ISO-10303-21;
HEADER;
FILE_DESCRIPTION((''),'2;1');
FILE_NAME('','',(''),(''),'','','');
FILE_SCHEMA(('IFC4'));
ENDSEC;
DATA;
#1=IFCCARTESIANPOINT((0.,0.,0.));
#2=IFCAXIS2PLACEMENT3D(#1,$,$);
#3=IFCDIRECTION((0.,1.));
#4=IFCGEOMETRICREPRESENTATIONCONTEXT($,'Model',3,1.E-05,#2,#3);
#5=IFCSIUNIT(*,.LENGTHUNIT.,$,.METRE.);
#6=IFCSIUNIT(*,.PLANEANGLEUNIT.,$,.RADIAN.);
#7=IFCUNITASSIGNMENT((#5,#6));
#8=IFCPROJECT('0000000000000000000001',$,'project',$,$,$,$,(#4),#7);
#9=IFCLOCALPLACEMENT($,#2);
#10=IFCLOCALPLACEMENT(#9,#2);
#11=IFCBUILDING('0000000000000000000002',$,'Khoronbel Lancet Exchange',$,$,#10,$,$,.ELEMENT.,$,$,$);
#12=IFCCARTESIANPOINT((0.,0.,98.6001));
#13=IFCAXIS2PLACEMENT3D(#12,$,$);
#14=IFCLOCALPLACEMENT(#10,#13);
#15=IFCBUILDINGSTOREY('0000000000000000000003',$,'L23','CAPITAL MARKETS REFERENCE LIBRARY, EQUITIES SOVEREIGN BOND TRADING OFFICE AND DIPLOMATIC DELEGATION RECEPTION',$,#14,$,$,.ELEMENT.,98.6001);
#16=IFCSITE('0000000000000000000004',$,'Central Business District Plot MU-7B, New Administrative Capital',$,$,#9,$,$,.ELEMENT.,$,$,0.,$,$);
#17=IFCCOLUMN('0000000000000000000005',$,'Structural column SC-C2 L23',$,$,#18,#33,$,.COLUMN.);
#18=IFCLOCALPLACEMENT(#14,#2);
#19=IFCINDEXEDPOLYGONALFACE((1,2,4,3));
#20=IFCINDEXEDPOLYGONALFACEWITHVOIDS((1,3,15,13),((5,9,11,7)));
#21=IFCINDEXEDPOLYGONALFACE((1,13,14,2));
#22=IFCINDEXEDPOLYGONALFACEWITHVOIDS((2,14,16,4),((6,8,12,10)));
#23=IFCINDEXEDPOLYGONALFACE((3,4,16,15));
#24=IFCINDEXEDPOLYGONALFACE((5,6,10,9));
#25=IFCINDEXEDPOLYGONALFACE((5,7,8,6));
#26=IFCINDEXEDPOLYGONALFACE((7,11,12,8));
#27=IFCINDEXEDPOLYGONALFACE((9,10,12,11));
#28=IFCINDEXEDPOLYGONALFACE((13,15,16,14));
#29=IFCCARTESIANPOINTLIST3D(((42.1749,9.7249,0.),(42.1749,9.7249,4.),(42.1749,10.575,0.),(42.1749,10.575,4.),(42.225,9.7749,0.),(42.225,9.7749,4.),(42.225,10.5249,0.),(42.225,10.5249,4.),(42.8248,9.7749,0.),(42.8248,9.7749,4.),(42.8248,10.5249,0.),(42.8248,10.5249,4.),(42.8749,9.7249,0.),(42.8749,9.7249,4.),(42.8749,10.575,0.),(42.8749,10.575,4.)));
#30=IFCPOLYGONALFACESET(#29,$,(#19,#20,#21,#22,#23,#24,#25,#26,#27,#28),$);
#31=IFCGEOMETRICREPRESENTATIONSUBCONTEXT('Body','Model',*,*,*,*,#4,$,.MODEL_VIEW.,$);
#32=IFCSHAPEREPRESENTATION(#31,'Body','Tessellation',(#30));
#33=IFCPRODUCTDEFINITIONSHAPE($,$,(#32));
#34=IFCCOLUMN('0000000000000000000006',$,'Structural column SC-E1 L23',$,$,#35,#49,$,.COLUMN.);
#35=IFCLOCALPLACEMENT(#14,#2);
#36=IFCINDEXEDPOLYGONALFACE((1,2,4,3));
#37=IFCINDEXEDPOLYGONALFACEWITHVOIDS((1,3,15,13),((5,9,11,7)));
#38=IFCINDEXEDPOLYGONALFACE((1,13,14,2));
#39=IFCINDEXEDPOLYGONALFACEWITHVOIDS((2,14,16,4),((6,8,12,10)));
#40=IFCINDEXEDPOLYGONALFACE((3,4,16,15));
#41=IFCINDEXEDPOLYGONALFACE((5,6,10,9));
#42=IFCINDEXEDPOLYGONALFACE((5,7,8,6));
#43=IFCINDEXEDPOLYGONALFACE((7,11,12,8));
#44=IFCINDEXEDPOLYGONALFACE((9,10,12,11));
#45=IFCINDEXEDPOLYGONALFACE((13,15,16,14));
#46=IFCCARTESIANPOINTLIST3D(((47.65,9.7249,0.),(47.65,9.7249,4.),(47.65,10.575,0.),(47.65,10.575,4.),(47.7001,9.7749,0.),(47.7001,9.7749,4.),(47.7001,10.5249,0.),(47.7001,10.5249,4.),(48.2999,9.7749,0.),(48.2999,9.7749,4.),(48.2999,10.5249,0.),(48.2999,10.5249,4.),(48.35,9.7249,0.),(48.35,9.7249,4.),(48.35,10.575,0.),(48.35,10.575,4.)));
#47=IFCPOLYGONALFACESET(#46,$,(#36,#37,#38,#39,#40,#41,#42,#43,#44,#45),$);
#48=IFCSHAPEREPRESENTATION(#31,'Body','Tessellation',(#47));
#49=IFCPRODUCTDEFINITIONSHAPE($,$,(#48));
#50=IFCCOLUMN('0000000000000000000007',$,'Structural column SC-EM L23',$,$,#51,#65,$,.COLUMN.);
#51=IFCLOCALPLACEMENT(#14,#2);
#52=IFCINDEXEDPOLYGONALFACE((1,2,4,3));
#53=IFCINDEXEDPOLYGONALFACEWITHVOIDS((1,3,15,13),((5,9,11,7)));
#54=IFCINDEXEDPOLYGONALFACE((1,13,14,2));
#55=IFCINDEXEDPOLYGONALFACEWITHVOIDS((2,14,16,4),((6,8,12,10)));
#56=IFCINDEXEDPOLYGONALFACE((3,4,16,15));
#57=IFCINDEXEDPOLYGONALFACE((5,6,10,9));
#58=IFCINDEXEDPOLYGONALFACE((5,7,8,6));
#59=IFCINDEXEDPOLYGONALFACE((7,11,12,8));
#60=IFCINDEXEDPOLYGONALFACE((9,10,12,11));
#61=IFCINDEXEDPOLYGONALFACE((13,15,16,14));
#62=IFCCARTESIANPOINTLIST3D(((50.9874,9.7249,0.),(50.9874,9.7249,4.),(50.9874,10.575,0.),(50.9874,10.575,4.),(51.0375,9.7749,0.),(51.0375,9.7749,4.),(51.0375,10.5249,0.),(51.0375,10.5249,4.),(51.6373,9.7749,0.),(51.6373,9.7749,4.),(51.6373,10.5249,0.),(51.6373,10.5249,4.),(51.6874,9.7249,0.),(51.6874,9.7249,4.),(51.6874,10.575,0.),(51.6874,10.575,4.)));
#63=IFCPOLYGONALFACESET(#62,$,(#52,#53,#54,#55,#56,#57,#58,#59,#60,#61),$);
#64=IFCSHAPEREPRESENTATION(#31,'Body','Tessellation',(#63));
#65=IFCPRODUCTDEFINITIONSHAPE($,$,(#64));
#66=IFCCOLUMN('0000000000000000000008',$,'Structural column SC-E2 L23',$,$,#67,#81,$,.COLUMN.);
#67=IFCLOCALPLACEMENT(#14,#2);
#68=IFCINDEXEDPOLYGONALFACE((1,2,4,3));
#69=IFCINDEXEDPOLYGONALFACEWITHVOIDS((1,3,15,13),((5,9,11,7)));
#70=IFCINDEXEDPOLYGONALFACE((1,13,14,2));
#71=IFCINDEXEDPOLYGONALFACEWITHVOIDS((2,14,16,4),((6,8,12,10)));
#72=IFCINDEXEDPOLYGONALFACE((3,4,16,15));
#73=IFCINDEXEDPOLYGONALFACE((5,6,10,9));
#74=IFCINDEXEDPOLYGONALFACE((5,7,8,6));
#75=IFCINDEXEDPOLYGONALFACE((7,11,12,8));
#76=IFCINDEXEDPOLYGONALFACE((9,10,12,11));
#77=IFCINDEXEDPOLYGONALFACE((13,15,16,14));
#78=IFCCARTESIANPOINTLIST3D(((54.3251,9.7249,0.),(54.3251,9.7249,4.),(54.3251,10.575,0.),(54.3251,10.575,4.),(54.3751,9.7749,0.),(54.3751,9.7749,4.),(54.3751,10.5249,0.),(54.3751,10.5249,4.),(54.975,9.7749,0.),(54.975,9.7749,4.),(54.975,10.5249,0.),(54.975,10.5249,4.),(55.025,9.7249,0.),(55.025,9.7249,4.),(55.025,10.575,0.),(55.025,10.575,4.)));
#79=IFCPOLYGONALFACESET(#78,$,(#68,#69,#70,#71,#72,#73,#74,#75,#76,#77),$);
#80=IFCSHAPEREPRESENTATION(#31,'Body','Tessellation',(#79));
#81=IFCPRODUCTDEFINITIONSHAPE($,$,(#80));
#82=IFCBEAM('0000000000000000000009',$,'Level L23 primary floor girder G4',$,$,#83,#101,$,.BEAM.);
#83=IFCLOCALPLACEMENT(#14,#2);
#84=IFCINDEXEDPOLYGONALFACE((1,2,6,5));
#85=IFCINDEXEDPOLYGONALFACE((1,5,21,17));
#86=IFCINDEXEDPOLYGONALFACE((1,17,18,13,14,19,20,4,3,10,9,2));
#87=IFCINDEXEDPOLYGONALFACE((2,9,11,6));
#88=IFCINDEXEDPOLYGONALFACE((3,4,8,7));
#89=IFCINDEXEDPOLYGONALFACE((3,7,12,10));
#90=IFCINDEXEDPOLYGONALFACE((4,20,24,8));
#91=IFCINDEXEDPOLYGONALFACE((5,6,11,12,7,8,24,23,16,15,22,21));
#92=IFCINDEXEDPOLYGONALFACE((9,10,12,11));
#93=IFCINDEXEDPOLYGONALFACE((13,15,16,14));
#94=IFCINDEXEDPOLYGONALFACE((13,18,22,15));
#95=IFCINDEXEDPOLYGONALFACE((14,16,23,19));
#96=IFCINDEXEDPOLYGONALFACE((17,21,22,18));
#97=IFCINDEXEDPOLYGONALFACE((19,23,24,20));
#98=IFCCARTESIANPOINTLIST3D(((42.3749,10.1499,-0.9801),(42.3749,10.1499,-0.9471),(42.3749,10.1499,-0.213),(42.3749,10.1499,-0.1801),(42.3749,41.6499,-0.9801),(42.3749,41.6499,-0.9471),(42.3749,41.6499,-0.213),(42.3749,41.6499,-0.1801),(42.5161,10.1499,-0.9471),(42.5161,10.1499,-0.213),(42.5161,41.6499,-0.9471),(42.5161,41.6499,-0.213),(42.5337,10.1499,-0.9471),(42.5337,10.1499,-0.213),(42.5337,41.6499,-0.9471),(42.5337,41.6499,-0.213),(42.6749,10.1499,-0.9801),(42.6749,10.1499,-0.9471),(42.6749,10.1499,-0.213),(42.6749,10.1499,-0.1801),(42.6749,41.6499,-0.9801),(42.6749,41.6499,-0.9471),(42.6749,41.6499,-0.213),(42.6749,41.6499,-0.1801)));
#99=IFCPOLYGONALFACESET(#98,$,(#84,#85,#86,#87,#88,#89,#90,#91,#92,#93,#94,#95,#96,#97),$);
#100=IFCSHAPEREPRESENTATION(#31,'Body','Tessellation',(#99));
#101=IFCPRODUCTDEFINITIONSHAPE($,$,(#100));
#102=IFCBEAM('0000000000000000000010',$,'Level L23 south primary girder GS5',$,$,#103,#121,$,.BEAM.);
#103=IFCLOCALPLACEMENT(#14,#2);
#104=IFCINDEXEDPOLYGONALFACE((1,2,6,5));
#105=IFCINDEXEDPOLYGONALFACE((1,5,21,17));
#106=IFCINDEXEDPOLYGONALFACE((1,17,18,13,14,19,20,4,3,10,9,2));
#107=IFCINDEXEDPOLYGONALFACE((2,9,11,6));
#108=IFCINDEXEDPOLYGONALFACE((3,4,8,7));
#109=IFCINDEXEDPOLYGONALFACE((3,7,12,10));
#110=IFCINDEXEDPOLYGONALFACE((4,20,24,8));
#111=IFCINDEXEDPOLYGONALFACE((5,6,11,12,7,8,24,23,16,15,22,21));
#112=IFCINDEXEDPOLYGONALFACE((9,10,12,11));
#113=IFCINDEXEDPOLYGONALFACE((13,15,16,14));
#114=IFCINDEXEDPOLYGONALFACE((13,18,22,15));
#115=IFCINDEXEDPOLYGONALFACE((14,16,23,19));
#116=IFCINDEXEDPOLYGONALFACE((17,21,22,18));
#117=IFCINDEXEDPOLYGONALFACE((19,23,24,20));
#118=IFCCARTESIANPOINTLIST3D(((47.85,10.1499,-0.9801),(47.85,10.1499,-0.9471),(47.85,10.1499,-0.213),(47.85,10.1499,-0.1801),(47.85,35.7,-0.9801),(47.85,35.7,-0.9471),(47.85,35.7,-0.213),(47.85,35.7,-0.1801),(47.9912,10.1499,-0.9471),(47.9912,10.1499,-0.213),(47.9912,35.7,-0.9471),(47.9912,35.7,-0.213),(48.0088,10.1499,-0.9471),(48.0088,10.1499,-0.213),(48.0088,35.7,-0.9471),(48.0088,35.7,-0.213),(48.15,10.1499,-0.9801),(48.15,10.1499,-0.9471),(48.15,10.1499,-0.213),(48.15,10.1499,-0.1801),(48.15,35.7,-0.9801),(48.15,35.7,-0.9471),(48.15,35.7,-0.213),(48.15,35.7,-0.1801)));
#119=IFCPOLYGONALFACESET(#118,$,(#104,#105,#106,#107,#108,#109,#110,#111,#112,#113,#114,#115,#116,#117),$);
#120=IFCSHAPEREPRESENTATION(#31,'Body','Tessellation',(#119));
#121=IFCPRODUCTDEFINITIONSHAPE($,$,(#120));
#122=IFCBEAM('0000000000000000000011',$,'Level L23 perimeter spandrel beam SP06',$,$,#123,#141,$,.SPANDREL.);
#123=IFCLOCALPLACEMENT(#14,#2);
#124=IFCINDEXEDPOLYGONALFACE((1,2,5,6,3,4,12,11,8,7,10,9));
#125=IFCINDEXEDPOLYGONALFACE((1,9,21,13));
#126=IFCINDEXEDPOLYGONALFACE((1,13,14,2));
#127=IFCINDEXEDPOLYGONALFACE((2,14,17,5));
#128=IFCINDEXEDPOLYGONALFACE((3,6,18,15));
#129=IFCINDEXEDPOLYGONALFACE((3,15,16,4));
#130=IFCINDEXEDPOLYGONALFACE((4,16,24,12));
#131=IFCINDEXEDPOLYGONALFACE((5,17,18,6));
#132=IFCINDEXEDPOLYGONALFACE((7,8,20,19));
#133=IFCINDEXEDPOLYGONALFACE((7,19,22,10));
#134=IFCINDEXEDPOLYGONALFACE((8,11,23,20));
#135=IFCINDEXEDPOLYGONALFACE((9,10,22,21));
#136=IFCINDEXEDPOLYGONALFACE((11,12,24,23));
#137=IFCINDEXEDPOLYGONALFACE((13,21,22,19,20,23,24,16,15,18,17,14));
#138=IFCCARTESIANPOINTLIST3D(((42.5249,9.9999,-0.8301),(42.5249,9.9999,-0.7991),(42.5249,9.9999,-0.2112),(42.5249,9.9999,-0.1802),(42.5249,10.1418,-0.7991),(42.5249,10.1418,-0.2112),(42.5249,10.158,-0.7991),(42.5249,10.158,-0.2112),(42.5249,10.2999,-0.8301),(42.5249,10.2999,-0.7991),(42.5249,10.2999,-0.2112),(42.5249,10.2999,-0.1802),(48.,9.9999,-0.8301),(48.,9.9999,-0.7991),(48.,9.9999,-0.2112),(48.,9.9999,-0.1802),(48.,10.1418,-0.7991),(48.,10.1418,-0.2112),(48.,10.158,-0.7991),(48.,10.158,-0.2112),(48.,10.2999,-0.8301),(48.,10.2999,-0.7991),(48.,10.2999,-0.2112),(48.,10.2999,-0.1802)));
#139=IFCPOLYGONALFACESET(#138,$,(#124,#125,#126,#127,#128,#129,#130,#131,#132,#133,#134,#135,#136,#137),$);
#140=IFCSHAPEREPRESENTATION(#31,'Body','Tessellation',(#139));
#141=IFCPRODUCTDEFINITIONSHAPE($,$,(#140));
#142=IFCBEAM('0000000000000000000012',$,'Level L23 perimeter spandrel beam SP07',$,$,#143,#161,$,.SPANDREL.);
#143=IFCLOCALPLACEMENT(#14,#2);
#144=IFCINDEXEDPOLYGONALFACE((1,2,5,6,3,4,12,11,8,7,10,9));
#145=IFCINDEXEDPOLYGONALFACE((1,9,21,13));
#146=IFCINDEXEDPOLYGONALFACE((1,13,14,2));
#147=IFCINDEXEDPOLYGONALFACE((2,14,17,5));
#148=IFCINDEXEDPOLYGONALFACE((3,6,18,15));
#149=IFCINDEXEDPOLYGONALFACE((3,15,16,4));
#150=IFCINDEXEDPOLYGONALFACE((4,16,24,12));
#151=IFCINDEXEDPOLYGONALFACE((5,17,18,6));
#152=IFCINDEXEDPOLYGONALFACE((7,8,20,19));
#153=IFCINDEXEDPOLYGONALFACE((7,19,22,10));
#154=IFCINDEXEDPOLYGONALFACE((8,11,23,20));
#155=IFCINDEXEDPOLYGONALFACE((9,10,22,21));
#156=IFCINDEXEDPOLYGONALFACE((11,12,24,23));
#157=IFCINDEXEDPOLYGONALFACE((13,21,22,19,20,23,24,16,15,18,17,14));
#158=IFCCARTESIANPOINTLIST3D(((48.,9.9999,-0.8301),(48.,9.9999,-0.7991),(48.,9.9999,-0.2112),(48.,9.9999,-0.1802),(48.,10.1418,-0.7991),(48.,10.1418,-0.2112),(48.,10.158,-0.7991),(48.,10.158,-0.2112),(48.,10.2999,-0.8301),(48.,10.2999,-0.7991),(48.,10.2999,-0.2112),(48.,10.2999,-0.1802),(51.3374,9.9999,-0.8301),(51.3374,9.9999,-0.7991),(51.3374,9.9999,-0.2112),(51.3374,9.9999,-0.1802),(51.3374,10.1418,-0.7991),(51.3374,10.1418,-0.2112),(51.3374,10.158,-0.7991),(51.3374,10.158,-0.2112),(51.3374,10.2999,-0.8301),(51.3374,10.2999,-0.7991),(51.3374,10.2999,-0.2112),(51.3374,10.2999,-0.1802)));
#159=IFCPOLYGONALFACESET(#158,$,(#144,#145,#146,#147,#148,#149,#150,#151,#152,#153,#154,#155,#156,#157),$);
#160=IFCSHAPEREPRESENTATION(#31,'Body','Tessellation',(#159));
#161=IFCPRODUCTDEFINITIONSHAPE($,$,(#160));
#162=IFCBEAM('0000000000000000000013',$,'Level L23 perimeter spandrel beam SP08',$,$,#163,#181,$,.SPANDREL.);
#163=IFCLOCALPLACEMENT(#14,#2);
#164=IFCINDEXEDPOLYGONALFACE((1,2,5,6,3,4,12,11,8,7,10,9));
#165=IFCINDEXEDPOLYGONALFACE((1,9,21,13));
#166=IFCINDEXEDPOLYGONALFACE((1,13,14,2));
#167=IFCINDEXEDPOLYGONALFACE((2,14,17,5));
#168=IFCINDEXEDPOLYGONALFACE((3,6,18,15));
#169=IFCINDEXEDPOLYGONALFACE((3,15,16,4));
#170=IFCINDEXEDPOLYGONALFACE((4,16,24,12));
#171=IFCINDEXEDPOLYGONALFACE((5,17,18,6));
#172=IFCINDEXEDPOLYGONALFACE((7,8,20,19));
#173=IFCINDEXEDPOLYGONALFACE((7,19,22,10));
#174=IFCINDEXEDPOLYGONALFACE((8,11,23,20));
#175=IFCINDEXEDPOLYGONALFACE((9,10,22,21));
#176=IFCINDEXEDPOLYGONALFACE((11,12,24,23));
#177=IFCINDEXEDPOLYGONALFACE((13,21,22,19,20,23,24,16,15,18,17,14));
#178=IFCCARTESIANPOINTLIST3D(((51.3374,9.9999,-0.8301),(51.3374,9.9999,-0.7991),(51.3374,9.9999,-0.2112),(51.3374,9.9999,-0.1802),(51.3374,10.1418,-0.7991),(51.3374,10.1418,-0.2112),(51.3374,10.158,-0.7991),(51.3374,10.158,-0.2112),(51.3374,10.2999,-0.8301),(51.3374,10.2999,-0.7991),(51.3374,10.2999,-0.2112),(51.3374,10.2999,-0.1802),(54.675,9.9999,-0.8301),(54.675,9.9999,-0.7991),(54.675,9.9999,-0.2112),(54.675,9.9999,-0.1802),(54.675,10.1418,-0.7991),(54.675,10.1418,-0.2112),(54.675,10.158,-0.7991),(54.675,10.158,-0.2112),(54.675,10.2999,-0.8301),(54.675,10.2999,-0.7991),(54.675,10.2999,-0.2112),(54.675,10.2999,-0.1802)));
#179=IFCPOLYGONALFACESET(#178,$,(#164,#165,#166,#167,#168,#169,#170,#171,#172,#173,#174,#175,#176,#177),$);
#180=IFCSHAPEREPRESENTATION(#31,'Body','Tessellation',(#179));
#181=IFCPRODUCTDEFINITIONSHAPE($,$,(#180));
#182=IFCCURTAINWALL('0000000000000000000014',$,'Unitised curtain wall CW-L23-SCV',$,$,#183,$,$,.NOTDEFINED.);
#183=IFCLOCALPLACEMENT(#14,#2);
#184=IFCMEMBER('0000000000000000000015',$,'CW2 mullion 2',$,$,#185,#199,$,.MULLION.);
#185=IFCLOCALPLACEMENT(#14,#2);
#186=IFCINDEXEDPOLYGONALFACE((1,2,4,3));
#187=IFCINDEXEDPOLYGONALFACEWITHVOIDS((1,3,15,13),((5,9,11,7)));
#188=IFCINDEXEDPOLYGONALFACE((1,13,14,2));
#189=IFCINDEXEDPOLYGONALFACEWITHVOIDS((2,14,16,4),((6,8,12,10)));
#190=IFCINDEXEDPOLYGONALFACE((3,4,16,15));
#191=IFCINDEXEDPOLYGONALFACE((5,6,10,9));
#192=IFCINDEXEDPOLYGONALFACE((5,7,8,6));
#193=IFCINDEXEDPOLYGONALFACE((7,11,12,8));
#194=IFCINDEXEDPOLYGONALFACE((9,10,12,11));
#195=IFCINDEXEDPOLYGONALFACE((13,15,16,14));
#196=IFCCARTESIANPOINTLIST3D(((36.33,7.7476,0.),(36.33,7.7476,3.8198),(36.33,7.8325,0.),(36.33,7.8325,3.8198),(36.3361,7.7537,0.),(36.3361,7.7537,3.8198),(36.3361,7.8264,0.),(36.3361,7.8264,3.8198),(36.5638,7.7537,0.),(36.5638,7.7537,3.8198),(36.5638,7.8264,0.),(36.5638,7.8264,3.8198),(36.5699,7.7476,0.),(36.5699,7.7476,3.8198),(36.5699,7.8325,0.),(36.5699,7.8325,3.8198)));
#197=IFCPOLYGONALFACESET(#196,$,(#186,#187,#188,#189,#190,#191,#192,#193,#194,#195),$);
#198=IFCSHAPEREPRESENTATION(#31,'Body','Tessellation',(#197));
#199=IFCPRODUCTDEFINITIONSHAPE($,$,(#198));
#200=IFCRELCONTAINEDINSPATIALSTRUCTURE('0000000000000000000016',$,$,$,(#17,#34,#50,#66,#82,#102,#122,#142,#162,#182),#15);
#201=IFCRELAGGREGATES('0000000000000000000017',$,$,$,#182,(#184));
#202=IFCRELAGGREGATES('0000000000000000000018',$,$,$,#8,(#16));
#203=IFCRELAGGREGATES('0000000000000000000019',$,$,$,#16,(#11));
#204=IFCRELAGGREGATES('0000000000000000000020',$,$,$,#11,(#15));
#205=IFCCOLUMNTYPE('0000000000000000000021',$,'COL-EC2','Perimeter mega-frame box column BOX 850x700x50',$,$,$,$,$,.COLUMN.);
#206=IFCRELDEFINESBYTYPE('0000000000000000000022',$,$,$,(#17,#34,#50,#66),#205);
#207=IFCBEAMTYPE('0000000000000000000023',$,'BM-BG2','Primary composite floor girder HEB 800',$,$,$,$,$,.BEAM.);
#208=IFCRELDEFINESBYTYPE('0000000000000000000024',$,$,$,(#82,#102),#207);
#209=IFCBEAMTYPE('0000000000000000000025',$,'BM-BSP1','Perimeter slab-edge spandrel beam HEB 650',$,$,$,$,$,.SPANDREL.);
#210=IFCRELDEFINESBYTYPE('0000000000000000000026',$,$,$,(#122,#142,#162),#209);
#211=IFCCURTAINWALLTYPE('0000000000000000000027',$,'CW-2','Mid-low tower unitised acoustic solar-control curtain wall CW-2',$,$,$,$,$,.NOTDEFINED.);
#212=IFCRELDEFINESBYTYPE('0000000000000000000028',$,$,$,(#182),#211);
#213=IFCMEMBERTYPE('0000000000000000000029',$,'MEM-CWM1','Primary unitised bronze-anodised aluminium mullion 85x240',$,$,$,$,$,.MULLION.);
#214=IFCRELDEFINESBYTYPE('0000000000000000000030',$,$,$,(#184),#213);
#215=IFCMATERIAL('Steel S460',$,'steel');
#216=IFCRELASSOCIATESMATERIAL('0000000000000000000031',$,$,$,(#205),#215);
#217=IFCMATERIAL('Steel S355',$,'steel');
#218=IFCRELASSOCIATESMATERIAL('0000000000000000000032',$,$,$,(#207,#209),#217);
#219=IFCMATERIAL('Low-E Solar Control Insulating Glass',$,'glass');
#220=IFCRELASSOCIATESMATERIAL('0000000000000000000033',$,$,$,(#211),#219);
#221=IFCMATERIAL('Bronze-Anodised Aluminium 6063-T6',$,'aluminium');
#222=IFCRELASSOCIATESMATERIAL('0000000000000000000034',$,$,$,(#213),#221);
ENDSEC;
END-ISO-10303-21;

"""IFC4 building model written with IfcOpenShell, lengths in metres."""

from ifc_helpers import new_model, si_unit, direction, frame, origin, origin_2d, place, context, subcontext, project, spatial, hollow_rectangle, i_section, extrude, material, material_profile, profile_set, type_object, element, aggregate, save


model = new_model("IFC4")

# Units and contexts
model_context = context("Model", 3, precision=1e-05, world=origin(), true_north=direction((0.0, 1.0)))
body_context = subcontext(model_context, "Body", "Model", "MODEL_VIEW")
ifc_project = project(units=[si_unit("LENGTHUNIT", "METRE"), si_unit("PLANEANGLEUNIT", "RADIAN")], contexts=[model_context])

# Site, building, storey
site_placement = place(None, origin())
site = spatial("IfcSite", under=ifc_project, at=site_placement, Name="Central Business District Plot MU-7B, New Administrative Capital", CompositionType="ELEMENT", RefElevation=0.0)
building_placement = place(site_placement, origin())
building = spatial("IfcBuilding", under=site, at=building_placement, Name="Khoronbel Lancet Exchange", CompositionType="ELEMENT")
storey_placement = place(building_placement, frame((0.0, 0.0, 98.6001)))
storey = spatial("IfcBuildingStorey", under=building, at=storey_placement, Name="L23", Description="CAPITAL MARKETS REFERENCE LIBRARY, EQUITIES SOVEREIGN BOND TRADING OFFICE AND DIPLOMATIC DELEGATION RECEPTION", CompositionType="ELEMENT", Elevation=98.6001)

# Columns
ifc_material_1 = material(Name="Steel S460", Category="steel")
ifc_material_profile_1 = material_profile(ifc_material_1, hollow_rectangle(XDim=0.7, YDim=0.8501, WallThickness=0.05, at=origin_2d()), Name="BOX 850x700x50")
ifc_profile_set_1 = profile_set([ifc_material_profile_1], Name="Steel S460")
column_type = type_object("IfcColumnType", Name="COL-EC2", Description="Perimeter mega-frame box column BOX 850x700x50", PredefinedType="COLUMN", material=ifc_profile_set_1)
for number, where, z_axis, x_axis, name in (
    (1, (42.5249, 10.1499, 0.0), (0.0, 0.0, 1.0), (1.0, 0.0, 0.0), "Structural column SC-C2 L23"),
    (2, (48.0, 10.1499, 0.0), (0.0, 0.0, 1.0), (1.0, 0.0, 0.0), "Structural column SC-E1 L23"),
    (3, (51.3374, 10.1499, 0.0), (0.0, 0.0, 1.0), (1.0, 0.0, 0.0), "Structural column SC-EM L23"),
    (4, (54.675, 10.1499, 0.0), (0.0, 0.0, 1.0), (1.0, 0.0, 0.0), "Structural column SC-E2 L23"),
):
    element("IfcColumn", number, at=place(storey_placement, frame(where, z_axis=z_axis, x_axis=x_axis)), inside=storey, type_object=column_type, Name=name, PredefinedType="COLUMN", context=body_context, shape_type="SweptSolid", body=[
        extrude(hollow_rectangle(XDim=0.7, YDim=0.8501, WallThickness=0.05, at=origin_2d()), origin(), (0.0, 0.0, 1.0), 4.0),
    ])

# Beams
ifc_material_2 = material(Name="Steel S355", Category="steel")
ifc_material_profile_2 = material_profile(ifc_material_2, i_section(OverallWidth=0.3, OverallDepth=0.8, WebThickness=0.0176, FlangeThickness=0.033, at=origin_2d()), Name="HEB 800")
ifc_profile_set_2 = profile_set([ifc_material_profile_2], Name="Steel S355")
beam_type_1 = type_object("IfcBeamType", Name="BM-BG2", Description="Primary composite floor girder HEB 800", PredefinedType="BEAM", material=ifc_profile_set_2)
beam_1_placement = place(storey_placement, frame((42.5249, 10.1499, -0.5801), z_axis=(0.0, 1.0, 0.0), x_axis=(-1.0, 0.0, 0.0)))
element("IfcBeam", 5, at=beam_1_placement, inside=storey, type_object=beam_type_1, Name="Level L23 primary floor girder G4", PredefinedType="BEAM", context=body_context, shape_type="SweptSolid", body=[
    extrude(i_section(OverallWidth=0.3, OverallDepth=0.8, WebThickness=0.0176, FlangeThickness=0.033, at=origin_2d()), origin(), (0.0, 0.0, 1.0), 31.5),
])
beam_2_placement = place(storey_placement, frame((48.0, 10.1499, -0.5801), z_axis=(0.0, 1.0, 0.0), x_axis=(-1.0, 0.0, 0.0)))
element("IfcBeam", 6, at=beam_2_placement, inside=storey, type_object=beam_type_1, Name="Level L23 south primary girder GS5", PredefinedType="BEAM", context=body_context, shape_type="SweptSolid", body=[
    extrude(i_section(OverallWidth=0.3, OverallDepth=0.8, WebThickness=0.0176, FlangeThickness=0.033, at=origin_2d()), origin(), (0.0, 0.0, 1.0), 25.55),
])
ifc_material_profile_3 = material_profile(ifc_material_2, i_section(OverallWidth=0.3, OverallDepth=0.6499, WebThickness=0.0161, FlangeThickness=0.031, at=origin_2d()), Name="HEB 650")
ifc_profile_set_3 = profile_set([ifc_material_profile_3], Name="Steel S355")
beam_type_2 = type_object("IfcBeamType", Name="BM-BSP1", Description="Perimeter slab-edge spandrel beam HEB 650", PredefinedType="SPANDREL", material=ifc_profile_set_3)
beam_3_placement = place(storey_placement, frame((42.5249, 10.1499, -0.5051), z_axis=(1.0, 0.0, 0.0), x_axis=(0.0, 1.0, 0.0)))
element("IfcBeam", 7, at=beam_3_placement, inside=storey, type_object=beam_type_2, Name="Level L23 perimeter spandrel beam SP06", PredefinedType="SPANDREL", context=body_context, shape_type="SweptSolid", body=[
    extrude(i_section(OverallWidth=0.3, OverallDepth=0.6499, WebThickness=0.0161, FlangeThickness=0.031, at=origin_2d()), origin(), (0.0, 0.0, 1.0), 5.4751),
])
beam_4_placement = place(storey_placement, frame((48.0, 10.1499, -0.5051), z_axis=(1.0, 0.0, 0.0), x_axis=(0.0, 1.0, 0.0)))
element("IfcBeam", 8, at=beam_4_placement, inside=storey, type_object=beam_type_2, Name="Level L23 perimeter spandrel beam SP07", PredefinedType="SPANDREL", context=body_context, shape_type="SweptSolid", body=[
    extrude(i_section(OverallWidth=0.3, OverallDepth=0.6499, WebThickness=0.0161, FlangeThickness=0.031, at=origin_2d()), origin(), (0.0, 0.0, 1.0), 3.3374),
])
beam_5_placement = place(storey_placement, frame((51.3374, 10.1499, -0.5051), z_axis=(1.0, 0.0, 0.0), x_axis=(0.0, 1.0, 0.0)))
element("IfcBeam", 9, at=beam_5_placement, inside=storey, type_object=beam_type_2, Name="Level L23 perimeter spandrel beam SP08", PredefinedType="SPANDREL", context=body_context, shape_type="SweptSolid", body=[
    extrude(i_section(OverallWidth=0.3, OverallDepth=0.6499, WebThickness=0.0161, FlangeThickness=0.031, at=origin_2d()), origin(), (0.0, 0.0, 1.0), 3.3376),
])

# Curtain wall, member
ifc_material_3 = material(Name="Low-E Solar Control Insulating Glass", Category="glass")
curtain_wall_type = type_object("IfcCurtainWallType", Name="CW-2", Description="Mid-low tower unitised acoustic solar-control curtain wall CW-2", PredefinedType="NOTDEFINED", material=ifc_material_3)
curtain_wall_1_placement = place(storey_placement, origin())
curtain_wall_1 = element("IfcCurtainWall", 10, at=curtain_wall_1_placement, inside=storey, type_object=curtain_wall_type, Name="Unitised curtain wall CW-L23-SCV", PredefinedType="NOTDEFINED")
ifc_material_4 = material(Name="Bronze-Anodised Aluminium 6063-T6", Category="aluminium")
ifc_material_profile_4 = material_profile(ifc_material_4, hollow_rectangle(XDim=0.085, YDim=0.24, WallThickness=0.0061, at=origin_2d()), Name="ALU MULLION 85x240")
ifc_profile_set_4 = profile_set([ifc_material_profile_4], Name="Bronze-Anodised Aluminium 6063-T6")
member_type_1 = type_object("IfcMemberType", Name="MEM-CWM1", Description="Primary unitised bronze-anodised aluminium mullion 85x240", PredefinedType="MULLION", material=ifc_profile_set_4)
member_1_placement = place(storey_placement, frame((36.45, 7.79, 0.0), z_axis=(0.0, 0.0, 1.0), x_axis=(0.0, 1.0, 0.0)))
member_1 = element("IfcMember", 11, at=member_1_placement, type_object=member_type_1, Name="CW2 mullion 2", PredefinedType="MULLION", context=body_context, shape_type="SweptSolid", body=[
    extrude(hollow_rectangle(XDim=0.085, YDim=0.24, WallThickness=0.0061, at=origin_2d()), origin(), (0.0, 0.0, 1.0), 3.8198),
])

aggregate(curtain_wall_1, [member_1])

save(model, "model.ifc")
